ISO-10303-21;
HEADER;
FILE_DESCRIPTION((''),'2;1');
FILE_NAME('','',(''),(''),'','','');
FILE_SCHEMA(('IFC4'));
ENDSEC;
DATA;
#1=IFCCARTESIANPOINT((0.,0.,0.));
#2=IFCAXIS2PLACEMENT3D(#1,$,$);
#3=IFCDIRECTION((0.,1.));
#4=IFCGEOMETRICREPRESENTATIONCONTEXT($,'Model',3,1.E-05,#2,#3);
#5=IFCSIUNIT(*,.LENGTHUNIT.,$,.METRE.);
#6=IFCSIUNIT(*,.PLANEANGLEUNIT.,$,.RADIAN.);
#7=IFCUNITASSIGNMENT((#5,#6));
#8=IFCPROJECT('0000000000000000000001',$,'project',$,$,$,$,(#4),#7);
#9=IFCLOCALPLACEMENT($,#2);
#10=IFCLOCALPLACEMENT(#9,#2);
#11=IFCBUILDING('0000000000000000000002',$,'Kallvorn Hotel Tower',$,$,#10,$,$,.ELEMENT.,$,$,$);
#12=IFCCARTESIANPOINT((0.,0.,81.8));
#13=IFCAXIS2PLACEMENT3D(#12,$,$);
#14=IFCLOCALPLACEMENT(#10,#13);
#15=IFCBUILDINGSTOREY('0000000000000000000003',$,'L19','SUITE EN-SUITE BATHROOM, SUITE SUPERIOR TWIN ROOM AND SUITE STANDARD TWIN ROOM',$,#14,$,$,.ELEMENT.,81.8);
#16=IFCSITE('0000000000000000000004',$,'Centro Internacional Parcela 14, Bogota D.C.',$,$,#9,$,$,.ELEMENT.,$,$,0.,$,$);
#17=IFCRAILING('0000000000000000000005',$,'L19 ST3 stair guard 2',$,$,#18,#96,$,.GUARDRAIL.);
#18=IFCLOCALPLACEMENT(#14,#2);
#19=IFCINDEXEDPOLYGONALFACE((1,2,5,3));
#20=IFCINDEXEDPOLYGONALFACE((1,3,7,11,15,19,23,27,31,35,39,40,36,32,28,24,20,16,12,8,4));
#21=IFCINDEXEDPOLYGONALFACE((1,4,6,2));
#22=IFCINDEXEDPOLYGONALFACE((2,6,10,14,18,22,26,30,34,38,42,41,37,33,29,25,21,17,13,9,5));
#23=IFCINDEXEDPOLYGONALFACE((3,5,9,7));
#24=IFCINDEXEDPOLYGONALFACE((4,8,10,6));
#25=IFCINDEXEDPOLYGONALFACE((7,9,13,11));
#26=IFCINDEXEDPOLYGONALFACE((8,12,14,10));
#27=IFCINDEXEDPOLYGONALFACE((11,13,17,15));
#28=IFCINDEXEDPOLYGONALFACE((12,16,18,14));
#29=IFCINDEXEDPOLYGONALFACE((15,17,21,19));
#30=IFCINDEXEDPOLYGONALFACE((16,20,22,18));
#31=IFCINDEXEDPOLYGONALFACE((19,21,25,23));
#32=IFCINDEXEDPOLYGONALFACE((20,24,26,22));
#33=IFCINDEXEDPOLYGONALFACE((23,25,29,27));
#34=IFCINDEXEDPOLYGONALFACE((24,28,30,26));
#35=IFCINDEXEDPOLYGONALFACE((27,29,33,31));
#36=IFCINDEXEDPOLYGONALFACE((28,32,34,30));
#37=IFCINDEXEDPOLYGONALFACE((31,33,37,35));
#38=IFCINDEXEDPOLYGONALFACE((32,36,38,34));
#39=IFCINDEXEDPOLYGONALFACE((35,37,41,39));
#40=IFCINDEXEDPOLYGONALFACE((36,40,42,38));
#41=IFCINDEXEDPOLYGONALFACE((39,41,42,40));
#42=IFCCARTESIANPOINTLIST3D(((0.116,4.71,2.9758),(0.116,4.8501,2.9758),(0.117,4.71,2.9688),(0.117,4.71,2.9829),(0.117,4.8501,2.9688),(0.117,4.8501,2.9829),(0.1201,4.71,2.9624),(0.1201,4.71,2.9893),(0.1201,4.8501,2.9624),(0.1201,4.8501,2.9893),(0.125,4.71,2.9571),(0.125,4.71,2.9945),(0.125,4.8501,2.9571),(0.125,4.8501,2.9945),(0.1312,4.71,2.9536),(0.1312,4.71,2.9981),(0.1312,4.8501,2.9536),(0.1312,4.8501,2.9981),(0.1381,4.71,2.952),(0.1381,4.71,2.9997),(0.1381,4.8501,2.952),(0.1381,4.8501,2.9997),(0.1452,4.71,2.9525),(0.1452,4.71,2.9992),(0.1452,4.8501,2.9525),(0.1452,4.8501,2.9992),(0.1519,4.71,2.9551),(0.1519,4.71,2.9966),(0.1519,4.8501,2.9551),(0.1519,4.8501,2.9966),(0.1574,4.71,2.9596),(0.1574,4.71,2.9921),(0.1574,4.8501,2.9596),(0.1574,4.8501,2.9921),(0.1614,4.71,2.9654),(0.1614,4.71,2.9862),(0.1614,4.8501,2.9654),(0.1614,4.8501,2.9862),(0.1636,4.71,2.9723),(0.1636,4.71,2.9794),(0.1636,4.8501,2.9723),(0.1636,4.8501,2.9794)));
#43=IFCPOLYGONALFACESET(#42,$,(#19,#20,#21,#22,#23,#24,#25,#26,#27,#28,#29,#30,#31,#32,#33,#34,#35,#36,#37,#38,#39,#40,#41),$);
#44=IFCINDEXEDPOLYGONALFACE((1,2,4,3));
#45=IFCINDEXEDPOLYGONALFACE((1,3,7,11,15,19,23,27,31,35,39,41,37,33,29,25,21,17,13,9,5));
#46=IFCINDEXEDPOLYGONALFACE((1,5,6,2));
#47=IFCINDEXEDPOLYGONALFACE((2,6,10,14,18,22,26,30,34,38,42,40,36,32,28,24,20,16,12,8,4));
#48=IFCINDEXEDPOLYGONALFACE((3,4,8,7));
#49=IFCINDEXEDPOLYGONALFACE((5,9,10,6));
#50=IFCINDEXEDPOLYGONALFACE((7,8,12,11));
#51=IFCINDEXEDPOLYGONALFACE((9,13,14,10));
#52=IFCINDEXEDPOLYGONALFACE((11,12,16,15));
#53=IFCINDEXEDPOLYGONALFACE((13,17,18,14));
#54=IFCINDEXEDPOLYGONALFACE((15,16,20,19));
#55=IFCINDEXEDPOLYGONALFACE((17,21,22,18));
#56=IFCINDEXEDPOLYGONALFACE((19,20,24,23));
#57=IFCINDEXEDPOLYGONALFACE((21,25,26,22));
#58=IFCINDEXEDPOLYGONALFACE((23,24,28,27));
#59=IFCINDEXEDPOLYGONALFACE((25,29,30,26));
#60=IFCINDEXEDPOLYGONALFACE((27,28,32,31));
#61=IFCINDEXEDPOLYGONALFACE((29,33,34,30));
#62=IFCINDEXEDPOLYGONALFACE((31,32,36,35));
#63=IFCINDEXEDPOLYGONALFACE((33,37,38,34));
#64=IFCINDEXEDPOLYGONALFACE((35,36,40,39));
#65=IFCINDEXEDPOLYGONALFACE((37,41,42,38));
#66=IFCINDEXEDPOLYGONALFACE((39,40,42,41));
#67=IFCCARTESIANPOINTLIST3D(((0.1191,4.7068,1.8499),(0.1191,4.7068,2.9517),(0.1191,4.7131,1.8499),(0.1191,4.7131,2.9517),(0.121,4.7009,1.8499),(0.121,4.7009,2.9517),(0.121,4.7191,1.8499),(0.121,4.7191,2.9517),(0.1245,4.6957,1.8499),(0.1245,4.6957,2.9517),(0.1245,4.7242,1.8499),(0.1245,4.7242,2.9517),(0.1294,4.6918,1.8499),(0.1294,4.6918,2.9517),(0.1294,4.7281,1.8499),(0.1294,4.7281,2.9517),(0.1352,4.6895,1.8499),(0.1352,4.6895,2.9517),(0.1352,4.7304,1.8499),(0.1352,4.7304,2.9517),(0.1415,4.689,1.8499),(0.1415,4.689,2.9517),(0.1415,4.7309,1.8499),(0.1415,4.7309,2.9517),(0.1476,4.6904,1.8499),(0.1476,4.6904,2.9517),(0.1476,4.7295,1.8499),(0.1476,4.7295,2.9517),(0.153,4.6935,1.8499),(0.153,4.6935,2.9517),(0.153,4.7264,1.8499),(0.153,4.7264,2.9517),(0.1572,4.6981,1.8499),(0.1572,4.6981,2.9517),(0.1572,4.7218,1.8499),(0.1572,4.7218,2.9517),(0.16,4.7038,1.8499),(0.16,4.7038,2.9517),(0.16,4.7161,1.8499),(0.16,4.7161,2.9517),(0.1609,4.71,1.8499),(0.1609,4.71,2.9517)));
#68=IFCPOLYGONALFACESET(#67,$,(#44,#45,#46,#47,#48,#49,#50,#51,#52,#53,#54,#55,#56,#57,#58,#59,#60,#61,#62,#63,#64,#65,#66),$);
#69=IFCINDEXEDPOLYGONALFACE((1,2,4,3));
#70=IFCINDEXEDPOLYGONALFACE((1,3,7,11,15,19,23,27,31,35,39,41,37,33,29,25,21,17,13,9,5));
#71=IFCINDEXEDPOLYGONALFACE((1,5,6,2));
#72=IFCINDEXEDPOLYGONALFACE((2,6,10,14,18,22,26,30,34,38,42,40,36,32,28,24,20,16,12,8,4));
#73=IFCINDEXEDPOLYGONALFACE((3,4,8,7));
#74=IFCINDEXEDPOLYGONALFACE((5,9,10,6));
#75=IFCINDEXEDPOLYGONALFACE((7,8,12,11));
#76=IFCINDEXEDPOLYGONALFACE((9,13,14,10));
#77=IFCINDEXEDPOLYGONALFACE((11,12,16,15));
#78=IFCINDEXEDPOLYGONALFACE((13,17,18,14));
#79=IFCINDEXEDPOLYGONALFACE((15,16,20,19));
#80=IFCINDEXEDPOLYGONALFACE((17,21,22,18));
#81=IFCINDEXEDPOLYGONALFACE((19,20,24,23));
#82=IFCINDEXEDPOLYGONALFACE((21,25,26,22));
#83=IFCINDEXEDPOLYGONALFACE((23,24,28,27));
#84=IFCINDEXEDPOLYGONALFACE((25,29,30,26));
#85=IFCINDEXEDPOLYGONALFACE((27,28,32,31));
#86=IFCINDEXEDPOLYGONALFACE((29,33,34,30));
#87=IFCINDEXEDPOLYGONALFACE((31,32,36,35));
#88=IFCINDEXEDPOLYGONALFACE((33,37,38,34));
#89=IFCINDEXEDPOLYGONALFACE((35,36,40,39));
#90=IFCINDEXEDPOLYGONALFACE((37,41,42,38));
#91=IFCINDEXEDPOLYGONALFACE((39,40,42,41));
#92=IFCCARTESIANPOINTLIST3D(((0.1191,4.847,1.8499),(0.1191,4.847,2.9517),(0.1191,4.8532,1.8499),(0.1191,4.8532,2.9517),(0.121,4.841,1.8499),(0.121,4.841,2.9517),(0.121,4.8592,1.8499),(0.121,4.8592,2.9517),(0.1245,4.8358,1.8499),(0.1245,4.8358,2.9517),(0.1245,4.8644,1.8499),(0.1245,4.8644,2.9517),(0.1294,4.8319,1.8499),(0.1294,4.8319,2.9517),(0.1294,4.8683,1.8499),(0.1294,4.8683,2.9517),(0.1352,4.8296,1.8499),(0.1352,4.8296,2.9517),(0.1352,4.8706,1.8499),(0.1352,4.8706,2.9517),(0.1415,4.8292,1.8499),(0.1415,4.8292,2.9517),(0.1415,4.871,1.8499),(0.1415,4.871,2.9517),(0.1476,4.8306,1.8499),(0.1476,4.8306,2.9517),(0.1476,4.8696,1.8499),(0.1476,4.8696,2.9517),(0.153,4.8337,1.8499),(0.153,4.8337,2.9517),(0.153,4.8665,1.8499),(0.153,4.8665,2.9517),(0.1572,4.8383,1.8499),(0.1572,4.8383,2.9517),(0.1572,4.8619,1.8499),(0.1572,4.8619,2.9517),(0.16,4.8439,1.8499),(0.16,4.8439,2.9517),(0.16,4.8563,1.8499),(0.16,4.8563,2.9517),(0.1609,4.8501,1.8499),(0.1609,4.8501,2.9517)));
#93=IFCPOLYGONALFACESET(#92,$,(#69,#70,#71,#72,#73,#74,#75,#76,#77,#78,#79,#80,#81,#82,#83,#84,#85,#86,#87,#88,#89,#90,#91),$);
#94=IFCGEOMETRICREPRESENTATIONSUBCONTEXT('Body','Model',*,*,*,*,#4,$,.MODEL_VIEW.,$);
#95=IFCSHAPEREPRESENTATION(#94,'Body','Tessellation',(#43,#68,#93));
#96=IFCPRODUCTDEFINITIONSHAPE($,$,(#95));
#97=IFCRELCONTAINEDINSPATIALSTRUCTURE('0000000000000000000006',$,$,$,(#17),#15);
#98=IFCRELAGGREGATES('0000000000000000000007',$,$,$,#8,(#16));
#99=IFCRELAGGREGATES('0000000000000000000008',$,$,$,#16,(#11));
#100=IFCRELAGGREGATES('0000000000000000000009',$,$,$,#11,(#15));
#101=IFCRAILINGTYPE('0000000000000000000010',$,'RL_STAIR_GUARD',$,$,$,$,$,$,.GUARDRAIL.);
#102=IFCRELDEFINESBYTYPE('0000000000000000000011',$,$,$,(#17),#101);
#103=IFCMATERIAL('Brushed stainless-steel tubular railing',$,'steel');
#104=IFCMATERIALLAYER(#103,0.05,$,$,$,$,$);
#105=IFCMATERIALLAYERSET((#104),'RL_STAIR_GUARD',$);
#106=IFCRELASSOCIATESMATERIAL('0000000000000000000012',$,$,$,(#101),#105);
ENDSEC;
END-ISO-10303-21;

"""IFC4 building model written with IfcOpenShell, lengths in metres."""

from ifc_helpers import new_model, si_unit, direction, frame, origin, origin_2d, place, context, subcontext, project, spatial, circle, extrude, material, layer, layer_set, type_object, element, save


model = new_model("IFC4")

# Units and contexts
model_context = context("Model", 3, precision=1e-05, world=origin(), true_north=direction((0.0, 1.0)))
body_context = subcontext(model_context, "Body", "Model", "MODEL_VIEW")
ifc_project = project(units=[si_unit("LENGTHUNIT", "METRE"), si_unit("PLANEANGLEUNIT", "RADIAN")], contexts=[model_context])

# Site, building, storey
site_placement = place(None, origin())
site = spatial("IfcSite", under=ifc_project, at=site_placement, Name="Centro Internacional Parcela 14, Bogota D.C.", CompositionType="ELEMENT", RefElevation=0.0)
building_placement = place(site_placement, origin())
building = spatial("IfcBuilding", under=site, at=building_placement, Name="Kallvorn Hotel Tower", CompositionType="ELEMENT")
storey_placement = place(building_placement, frame((0.0, 0.0, 81.8)))
storey = spatial("IfcBuildingStorey", under=building, at=storey_placement, Name="L19", Description="SUITE EN-SUITE BATHROOM, SUITE SUPERIOR TWIN ROOM AND SUITE STANDARD TWIN ROOM", CompositionType="ELEMENT", Elevation=81.8)

# Railing
ifc_material_1 = material(Name="Brushed stainless-steel tubular railing", Category="steel")
ifc_layer_1 = layer(ifc_material_1, 0.05)
ifc_layer_set_1 = layer_set([ifc_layer_1], Name="RL_STAIR_GUARD")
railing_type_1 = type_object("IfcRailingType", Name="RL_STAIR_GUARD", PredefinedType="GUARDRAIL", material=ifc_layer_set_1)
railing_1_placement = place(storey_placement, frame((0.1399, 4.71, 1.8499)))
element("IfcRailing", 1, at=railing_1_placement, inside=storey, type_object=railing_type_1, Name="L19 ST3 stair guard 2", PredefinedType="GUARDRAIL", context=body_context, shape_type="SweptSolid", body=[
    extrude(circle(Radius=0.0239, at=origin_2d()), frame((0.0, 0.0, 1.126), z_axis=(0.0, 1.0, 0.0), x_axis=(-1.0, 0.0, 0.0)), (0.0, 0.0, 1.0), 0.1401),
    extrude(circle(Radius=0.021, at=origin_2d()), origin(), (0.0, 0.0, 1.0), 1.1018),
    extrude(circle(Radius=0.021, at=origin_2d()), frame((0.0, 0.1401, 0.0)), (0.0, 0.0, 1.0), 1.1018),
])

save(model, "model.ifc")
